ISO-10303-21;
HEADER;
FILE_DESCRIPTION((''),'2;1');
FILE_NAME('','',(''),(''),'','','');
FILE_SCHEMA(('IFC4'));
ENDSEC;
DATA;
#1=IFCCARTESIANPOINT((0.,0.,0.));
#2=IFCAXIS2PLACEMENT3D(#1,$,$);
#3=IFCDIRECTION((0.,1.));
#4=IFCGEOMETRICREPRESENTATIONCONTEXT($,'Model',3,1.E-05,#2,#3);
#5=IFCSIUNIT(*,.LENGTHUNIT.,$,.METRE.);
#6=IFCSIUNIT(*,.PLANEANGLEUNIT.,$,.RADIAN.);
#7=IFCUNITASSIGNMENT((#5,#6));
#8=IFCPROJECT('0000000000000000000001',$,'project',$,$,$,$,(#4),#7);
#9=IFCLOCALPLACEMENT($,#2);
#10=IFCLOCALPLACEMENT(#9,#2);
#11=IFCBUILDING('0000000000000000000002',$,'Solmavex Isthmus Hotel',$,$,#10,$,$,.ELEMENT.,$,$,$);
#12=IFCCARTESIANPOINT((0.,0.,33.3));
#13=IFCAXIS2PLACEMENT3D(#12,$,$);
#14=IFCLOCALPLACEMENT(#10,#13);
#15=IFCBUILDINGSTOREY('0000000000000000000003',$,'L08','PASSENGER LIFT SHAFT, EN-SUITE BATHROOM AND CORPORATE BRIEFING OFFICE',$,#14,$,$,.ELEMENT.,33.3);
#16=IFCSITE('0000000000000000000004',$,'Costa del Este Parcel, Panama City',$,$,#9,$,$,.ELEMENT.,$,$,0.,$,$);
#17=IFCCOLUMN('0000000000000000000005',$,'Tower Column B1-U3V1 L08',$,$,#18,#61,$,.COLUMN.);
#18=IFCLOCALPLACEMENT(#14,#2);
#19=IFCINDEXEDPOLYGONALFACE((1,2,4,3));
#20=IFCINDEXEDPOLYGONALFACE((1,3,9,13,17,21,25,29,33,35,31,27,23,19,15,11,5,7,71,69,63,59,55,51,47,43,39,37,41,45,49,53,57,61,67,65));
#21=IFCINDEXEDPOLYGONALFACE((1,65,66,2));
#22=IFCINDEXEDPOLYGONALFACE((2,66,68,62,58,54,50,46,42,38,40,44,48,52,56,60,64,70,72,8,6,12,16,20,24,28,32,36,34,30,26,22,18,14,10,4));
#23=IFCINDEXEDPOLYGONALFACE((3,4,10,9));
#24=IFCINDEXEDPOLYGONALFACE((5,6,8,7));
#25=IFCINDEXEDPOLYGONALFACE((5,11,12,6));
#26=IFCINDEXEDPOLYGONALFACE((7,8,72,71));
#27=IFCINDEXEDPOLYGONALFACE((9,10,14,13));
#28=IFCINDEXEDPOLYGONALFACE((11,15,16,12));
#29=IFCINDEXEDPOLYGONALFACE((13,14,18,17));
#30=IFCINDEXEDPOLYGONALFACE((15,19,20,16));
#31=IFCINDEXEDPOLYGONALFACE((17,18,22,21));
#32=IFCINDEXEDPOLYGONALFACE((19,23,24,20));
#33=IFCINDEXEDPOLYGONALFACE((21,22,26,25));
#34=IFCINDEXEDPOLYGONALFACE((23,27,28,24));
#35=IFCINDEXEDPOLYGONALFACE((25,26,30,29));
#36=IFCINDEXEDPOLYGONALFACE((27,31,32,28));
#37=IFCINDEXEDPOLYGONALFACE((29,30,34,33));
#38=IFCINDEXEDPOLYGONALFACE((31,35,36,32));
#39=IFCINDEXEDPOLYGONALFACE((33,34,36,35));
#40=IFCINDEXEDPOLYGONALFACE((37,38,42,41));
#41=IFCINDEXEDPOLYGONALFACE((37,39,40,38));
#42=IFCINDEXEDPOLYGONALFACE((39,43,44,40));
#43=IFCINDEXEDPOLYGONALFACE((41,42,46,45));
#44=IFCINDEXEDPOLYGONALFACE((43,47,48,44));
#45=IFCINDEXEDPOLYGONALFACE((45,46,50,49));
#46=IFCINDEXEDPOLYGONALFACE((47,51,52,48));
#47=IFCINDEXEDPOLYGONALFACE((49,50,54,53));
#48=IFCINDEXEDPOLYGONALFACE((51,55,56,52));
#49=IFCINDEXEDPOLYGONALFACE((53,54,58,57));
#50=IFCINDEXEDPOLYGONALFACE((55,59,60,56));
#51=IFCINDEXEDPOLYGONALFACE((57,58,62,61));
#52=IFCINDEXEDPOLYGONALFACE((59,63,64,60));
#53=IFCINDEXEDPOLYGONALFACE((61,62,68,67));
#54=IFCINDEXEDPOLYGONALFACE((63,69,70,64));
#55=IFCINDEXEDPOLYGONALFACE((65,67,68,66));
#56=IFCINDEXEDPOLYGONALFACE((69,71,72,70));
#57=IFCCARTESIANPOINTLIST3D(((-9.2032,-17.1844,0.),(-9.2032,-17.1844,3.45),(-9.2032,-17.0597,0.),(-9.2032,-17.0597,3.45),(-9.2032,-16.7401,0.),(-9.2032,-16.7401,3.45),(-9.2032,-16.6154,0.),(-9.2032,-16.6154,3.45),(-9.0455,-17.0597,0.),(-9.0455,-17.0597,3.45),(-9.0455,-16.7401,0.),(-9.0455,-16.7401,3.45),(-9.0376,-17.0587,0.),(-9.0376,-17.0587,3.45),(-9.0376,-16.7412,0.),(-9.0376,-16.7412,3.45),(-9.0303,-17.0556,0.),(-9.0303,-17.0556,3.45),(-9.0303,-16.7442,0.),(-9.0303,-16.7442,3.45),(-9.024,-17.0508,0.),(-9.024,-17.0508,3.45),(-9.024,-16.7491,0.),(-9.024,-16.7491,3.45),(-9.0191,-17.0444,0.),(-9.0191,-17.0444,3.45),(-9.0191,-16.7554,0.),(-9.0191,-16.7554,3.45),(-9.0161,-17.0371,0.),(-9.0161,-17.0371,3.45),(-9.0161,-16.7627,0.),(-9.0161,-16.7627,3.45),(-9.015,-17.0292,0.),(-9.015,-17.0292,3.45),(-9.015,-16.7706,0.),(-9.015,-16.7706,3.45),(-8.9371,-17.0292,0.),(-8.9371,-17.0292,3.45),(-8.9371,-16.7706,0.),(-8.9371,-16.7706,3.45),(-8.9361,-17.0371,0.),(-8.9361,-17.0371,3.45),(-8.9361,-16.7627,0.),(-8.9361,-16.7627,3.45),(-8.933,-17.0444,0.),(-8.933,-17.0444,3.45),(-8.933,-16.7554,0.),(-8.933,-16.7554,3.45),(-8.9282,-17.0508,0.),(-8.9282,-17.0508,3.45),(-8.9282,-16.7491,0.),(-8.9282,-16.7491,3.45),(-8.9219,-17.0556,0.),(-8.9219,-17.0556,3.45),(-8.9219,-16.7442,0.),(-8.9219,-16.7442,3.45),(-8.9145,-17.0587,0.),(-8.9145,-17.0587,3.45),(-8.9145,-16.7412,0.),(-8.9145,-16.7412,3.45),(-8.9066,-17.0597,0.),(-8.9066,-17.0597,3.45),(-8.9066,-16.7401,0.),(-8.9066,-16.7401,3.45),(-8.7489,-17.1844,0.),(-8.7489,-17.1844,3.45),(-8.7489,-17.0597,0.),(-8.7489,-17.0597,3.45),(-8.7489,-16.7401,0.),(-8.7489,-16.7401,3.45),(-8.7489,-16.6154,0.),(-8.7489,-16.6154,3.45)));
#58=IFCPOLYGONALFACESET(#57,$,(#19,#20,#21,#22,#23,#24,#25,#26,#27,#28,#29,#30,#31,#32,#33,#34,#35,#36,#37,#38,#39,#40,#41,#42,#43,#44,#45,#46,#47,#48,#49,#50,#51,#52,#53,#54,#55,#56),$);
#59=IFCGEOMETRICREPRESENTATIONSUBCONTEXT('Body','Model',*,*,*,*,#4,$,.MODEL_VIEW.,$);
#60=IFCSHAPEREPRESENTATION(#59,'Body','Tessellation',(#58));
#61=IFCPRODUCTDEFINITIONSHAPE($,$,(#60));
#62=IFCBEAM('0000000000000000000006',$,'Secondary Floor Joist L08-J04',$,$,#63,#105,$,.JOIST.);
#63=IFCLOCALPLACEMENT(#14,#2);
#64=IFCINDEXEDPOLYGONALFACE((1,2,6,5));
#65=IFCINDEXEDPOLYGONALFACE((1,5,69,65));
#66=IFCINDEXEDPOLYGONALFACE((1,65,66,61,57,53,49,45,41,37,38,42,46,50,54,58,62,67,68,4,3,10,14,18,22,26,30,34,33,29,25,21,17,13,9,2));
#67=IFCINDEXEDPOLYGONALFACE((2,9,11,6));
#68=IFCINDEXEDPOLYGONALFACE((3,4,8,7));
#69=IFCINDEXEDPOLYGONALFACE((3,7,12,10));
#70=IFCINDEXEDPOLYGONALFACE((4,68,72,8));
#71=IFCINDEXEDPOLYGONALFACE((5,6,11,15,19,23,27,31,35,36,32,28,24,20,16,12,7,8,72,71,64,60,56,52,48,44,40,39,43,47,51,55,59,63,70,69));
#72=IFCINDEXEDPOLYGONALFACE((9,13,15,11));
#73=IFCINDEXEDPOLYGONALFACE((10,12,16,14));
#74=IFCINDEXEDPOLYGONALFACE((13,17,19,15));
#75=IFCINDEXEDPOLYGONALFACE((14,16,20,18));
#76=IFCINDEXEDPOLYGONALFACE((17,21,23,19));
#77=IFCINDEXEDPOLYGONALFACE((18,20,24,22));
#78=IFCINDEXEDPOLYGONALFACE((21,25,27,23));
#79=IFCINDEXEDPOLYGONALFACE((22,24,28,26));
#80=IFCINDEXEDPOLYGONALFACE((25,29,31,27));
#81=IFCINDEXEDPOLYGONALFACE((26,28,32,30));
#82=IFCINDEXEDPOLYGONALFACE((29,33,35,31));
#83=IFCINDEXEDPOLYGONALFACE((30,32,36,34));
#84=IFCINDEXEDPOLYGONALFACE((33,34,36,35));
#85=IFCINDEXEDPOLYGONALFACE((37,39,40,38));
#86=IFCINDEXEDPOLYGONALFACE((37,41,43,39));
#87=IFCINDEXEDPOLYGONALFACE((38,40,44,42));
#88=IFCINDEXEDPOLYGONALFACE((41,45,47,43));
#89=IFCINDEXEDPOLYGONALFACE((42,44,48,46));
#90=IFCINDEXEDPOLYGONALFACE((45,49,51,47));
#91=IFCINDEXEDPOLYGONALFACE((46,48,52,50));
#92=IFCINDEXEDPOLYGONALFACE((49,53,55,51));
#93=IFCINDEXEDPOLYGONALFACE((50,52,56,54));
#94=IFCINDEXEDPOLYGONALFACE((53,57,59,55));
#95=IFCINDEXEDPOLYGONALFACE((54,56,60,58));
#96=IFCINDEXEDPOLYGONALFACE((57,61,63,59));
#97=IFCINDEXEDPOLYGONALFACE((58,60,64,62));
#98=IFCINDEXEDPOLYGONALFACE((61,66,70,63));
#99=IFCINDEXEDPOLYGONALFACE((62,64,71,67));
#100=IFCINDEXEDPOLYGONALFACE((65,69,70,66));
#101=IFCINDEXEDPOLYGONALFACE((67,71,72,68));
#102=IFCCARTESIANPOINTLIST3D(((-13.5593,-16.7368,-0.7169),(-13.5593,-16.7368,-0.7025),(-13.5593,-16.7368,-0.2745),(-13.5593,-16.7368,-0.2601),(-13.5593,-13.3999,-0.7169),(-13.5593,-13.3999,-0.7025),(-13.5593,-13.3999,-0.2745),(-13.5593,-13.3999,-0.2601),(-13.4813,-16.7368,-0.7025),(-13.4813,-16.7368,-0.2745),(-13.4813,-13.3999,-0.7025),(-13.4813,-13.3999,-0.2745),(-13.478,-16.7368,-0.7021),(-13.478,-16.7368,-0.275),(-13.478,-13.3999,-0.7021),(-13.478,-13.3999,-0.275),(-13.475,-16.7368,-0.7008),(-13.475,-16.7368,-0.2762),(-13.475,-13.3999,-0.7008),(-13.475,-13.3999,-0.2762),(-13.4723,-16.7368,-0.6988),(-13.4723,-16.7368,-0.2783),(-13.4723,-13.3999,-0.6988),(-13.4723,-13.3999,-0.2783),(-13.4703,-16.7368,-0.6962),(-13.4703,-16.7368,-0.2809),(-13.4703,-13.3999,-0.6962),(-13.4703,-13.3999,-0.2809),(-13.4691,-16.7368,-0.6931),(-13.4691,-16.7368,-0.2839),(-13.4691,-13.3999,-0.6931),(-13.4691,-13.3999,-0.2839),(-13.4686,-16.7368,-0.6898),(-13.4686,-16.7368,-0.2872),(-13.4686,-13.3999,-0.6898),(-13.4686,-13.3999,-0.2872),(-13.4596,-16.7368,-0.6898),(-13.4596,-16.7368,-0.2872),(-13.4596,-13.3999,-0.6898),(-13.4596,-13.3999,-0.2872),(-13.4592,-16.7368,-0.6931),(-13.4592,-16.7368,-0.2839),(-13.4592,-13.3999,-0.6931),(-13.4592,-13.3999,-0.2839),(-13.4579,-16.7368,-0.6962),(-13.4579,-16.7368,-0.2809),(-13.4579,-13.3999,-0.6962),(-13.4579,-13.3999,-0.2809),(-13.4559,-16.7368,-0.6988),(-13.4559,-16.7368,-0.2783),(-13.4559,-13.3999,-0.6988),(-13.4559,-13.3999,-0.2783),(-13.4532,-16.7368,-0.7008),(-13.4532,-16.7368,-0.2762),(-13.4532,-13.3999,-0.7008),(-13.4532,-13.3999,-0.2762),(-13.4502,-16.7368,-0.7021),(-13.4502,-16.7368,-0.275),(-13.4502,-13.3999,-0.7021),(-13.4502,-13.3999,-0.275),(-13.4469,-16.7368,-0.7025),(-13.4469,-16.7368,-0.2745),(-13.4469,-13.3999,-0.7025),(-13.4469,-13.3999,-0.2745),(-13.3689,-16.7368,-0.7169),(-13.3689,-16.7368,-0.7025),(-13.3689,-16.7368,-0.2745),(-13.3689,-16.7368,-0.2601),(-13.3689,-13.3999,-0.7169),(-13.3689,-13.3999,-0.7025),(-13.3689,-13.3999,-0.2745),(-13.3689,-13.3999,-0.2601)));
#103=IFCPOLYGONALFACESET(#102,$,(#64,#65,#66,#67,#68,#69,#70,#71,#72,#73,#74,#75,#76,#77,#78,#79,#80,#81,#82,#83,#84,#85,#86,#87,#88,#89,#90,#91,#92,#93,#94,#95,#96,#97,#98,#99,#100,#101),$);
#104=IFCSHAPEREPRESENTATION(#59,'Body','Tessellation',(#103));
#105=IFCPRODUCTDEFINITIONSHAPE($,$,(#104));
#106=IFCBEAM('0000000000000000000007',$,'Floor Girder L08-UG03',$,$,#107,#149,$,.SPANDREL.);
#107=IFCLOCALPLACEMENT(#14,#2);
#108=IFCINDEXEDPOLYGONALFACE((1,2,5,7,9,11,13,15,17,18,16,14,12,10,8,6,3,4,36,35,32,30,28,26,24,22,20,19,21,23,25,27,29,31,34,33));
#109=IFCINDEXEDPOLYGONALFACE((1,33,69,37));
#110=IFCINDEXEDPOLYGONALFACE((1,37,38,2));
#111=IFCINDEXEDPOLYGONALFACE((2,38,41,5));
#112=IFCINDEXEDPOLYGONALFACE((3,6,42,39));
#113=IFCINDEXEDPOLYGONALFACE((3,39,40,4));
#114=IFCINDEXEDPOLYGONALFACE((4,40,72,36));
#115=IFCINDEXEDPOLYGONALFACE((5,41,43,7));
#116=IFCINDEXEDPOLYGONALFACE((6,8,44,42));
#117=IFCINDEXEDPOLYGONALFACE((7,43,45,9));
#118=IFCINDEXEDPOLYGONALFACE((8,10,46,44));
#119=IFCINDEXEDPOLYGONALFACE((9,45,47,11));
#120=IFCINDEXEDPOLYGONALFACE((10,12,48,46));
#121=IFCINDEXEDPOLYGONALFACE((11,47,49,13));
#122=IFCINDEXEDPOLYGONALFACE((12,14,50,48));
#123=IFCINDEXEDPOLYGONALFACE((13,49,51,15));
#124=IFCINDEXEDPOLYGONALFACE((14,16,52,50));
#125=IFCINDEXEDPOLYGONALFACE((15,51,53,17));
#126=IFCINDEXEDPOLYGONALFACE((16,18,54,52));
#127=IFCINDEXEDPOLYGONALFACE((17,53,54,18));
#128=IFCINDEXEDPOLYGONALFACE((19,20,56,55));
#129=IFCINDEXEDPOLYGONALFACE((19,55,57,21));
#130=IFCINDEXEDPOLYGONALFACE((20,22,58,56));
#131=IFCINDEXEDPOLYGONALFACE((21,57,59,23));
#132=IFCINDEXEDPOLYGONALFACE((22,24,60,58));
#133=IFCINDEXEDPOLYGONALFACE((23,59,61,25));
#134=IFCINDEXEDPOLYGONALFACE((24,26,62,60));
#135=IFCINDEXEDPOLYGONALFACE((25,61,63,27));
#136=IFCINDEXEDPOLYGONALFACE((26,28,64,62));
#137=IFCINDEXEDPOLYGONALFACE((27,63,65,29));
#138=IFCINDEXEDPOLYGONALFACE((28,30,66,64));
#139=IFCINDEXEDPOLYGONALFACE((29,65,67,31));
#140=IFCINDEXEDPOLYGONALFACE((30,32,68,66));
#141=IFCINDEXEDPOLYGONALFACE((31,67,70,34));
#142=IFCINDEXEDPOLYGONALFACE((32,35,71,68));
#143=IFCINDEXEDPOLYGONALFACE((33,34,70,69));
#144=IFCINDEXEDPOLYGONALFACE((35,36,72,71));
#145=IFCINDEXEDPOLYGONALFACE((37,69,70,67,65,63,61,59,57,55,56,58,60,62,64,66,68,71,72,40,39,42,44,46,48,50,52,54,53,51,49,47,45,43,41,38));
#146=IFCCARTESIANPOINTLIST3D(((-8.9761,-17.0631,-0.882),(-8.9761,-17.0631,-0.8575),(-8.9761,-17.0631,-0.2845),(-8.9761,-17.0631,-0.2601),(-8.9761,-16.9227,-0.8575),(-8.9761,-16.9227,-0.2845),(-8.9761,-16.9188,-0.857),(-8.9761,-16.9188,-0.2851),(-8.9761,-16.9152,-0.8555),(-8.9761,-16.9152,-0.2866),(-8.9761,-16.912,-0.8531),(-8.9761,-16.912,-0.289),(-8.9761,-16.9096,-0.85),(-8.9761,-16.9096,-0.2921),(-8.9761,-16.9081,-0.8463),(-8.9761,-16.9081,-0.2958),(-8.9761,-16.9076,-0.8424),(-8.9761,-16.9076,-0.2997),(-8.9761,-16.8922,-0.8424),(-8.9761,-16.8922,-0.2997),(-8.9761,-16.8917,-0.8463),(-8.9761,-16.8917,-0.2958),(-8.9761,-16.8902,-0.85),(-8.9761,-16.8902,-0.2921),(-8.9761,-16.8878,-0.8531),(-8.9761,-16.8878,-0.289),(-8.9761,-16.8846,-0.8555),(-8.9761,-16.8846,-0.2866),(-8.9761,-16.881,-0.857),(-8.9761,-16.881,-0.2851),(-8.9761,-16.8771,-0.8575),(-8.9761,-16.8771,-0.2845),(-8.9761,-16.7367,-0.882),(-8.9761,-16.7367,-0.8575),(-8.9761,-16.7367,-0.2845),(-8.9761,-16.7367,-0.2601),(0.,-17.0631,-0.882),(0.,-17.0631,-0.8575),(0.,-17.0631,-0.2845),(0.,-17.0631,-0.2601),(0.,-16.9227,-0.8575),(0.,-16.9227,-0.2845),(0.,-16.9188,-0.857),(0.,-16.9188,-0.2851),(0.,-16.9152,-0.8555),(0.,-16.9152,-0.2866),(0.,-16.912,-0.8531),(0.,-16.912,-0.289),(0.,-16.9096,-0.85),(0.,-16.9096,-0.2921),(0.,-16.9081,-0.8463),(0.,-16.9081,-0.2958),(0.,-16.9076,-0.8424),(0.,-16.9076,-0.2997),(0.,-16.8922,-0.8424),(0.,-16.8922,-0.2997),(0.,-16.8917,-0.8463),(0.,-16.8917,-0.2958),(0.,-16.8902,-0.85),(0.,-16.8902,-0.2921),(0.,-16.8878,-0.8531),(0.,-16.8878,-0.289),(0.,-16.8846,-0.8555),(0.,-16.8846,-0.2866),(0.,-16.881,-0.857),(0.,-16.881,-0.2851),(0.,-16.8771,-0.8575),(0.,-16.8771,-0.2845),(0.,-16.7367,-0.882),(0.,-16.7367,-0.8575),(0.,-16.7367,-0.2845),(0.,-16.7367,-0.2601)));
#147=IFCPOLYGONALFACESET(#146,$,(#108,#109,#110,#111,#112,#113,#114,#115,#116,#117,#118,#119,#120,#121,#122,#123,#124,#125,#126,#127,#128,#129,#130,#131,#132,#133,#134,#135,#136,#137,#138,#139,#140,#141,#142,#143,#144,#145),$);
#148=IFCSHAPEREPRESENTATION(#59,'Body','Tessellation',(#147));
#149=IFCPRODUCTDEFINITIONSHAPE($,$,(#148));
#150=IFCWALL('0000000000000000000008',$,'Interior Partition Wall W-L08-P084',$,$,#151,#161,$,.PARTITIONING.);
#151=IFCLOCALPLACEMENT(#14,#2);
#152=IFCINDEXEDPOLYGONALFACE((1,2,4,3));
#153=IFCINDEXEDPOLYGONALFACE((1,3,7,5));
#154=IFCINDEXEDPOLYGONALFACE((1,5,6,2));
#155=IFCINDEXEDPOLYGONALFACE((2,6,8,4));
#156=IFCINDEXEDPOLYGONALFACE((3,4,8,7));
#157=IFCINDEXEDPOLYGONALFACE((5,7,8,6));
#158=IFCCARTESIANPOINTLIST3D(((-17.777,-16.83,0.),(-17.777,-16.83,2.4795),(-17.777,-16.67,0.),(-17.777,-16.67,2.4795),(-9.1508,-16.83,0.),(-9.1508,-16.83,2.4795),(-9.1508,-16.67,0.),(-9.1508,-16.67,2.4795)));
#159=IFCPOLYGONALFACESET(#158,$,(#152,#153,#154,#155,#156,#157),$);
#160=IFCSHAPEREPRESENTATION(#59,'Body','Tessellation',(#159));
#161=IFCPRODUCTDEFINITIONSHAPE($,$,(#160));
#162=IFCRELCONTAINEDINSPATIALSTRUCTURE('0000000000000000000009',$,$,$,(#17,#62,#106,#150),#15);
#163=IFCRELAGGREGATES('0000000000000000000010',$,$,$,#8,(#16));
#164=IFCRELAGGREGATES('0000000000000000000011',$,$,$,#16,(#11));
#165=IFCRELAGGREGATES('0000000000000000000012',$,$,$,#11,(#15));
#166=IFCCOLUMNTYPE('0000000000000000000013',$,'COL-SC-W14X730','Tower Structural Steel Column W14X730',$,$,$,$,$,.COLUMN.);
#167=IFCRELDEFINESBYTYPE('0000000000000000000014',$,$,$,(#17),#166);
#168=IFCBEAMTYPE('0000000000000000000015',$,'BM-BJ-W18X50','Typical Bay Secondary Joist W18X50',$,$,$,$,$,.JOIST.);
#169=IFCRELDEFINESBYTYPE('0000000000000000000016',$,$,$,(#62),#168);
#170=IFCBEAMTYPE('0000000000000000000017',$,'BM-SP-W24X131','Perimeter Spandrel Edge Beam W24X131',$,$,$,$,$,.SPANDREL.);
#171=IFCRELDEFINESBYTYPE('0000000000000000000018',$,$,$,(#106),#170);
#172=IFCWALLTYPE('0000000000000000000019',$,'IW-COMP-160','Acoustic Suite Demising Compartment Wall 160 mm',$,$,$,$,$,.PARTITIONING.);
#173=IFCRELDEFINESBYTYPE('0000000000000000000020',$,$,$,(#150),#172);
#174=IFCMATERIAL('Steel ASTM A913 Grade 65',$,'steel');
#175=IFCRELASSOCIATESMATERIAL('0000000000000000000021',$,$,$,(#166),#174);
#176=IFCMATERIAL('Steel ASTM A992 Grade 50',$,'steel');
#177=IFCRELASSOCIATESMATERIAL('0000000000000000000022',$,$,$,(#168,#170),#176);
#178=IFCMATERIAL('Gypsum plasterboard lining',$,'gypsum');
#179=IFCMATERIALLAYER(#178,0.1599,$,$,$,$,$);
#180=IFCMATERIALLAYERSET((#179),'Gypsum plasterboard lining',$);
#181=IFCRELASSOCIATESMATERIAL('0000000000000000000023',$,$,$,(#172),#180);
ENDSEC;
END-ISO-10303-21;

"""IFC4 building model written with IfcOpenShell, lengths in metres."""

from ifc_helpers import new_model, si_unit, direction, frame, frame_2d, origin, origin_2d, place, context, subcontext, project, spatial, rectangle, i_section, extrude, material, layer, layer_set, material_profile, profile_set, type_object, element, save


model = new_model("IFC4")

# Units and contexts
model_context = context("Model", 3, precision=1e-05, world=origin(), true_north=direction((0.0, 1.0)))
body_context = subcontext(model_context, "Body", "Model", "MODEL_VIEW")
ifc_project = project(units=[si_unit("LENGTHUNIT", "METRE"), si_unit("PLANEANGLEUNIT", "RADIAN")], contexts=[model_context])

# Site, building, storey
site_placement = place(None, origin())
site = spatial("IfcSite", under=ifc_project, at=site_placement, Name="Costa del Este Parcel, Panama City", CompositionType="ELEMENT", RefElevation=0.0)
building_placement = place(site_placement, origin())
building = spatial("IfcBuilding", under=site, at=building_placement, Name="Solmavex Isthmus Hotel", CompositionType="ELEMENT")
storey_placement = place(building_placement, frame((0.0, 0.0, 33.3)))
storey = spatial("IfcBuildingStorey", under=building, at=storey_placement, Name="L08", Description="PASSENGER LIFT SHAFT, EN-SUITE BATHROOM AND CORPORATE BRIEFING OFFICE", CompositionType="ELEMENT", Elevation=33.3)

# Column
ifc_material_1 = material(Name="Steel ASTM A913 Grade 65", Category="steel")
ifc_material_profile_1 = material_profile(ifc_material_1, i_section(OverallWidth=0.4543, OverallDepth=0.5691, WebThickness=0.0779, FlangeThickness=0.1248, FilletRadius=0.0305, at=origin_2d()), Name="W14X730")
ifc_profile_set_1 = profile_set([ifc_material_profile_1], Name="Steel ASTM A913 Grade 65")
column_type = type_object("IfcColumnType", Name="COL-SC-W14X730", Description="Tower Structural Steel Column W14X730", PredefinedType="COLUMN", material=ifc_profile_set_1)
column_placement = place(storey_placement, frame((-8.9761, -16.8999, 0.0), z_axis=(0.0, 0.0, 1.0), x_axis=(1.0, 0.0, 0.0)))
element("IfcColumn", 1, at=column_placement, inside=storey, type_object=column_type, Name="Tower Column B1-U3V1 L08", PredefinedType="COLUMN", context=body_context, shape_type="SweptSolid", body=[
    extrude(i_section(OverallWidth=0.4543, OverallDepth=0.5691, WebThickness=0.0779, FlangeThickness=0.1248, FilletRadius=0.0305, at=origin_2d()), origin(), (0.0, 0.0, 1.0), 3.45),
])

# Beams
ifc_material_2 = material(Name="Steel ASTM A992 Grade 50", Category="steel")
ifc_material_profile_2 = material_profile(ifc_material_2, i_section(OverallWidth=0.1904, OverallDepth=0.4568, WebThickness=0.009, FlangeThickness=0.0144, FilletRadius=0.0127, at=origin_2d()), Name="W18X50")
ifc_profile_set_2 = profile_set([ifc_material_profile_2], Name="Steel ASTM A992 Grade 50")
beam_type_1 = type_object("IfcBeamType", Name="BM-BJ-W18X50", Description="Typical Bay Secondary Joist W18X50", PredefinedType="JOIST", material=ifc_profile_set_2)
beam_1_placement = place(storey_placement, frame((-13.4641, -16.7368, -0.4885), z_axis=(0.0, 1.0, 0.0), x_axis=(-1.0, 0.0, 0.0)))
element("IfcBeam", 2, at=beam_1_placement, inside=storey, type_object=beam_type_1, Name="Secondary Floor Joist L08-J04", PredefinedType="JOIST", context=body_context, shape_type="SweptSolid", body=[
    extrude(i_section(OverallWidth=0.1904, OverallDepth=0.4568, WebThickness=0.009, FlangeThickness=0.0144, FilletRadius=0.0127, at=origin_2d()), origin(), (0.0, 0.0, 1.0), 3.3369),
])
ifc_material_profile_3 = material_profile(ifc_material_2, i_section(OverallWidth=0.3264, OverallDepth=0.6218, WebThickness=0.0154, FlangeThickness=0.0244, FilletRadius=0.0151, at=origin_2d()), Name="W24X131")
ifc_profile_set_3 = profile_set([ifc_material_profile_3], Name="Steel ASTM A992 Grade 50")
beam_type_2 = type_object("IfcBeamType", Name="BM-SP-W24X131", Description="Perimeter Spandrel Edge Beam W24X131", PredefinedType="SPANDREL", material=ifc_profile_set_3)
beam_2_placement = place(storey_placement, frame((-8.9761, -16.8999, -0.571), z_axis=(1.0, 0.0, 0.0), x_axis=(0.0, 1.0, 0.0)))
element("IfcBeam", 3, at=beam_2_placement, inside=storey, type_object=beam_type_2, Name="Floor Girder L08-UG03", PredefinedType="SPANDREL", context=body_context, shape_type="SweptSolid", body=[
    extrude(i_section(OverallWidth=0.3264, OverallDepth=0.6218, WebThickness=0.0154, FlangeThickness=0.0244, FilletRadius=0.0151, at=origin_2d()), origin(), (0.0, 0.0, 1.0), 8.9761),
])

# Wall
ifc_material_3 = material(Name="Gypsum plasterboard lining", Category="gypsum")
ifc_layer_1 = layer(ifc_material_3, 0.1599)
ifc_layer_set_1 = layer_set([ifc_layer_1], Name="Gypsum plasterboard lining")
wall_type_1 = type_object("IfcWallType", Name="IW-COMP-160", Description="Acoustic Suite Demising Compartment Wall 160 mm", PredefinedType="PARTITIONING", material=ifc_layer_set_1)
wall_1_placement = place(storey_placement, frame((-9.1509, -16.75, 0.0), z_axis=(0.0, 0.0, 1.0), x_axis=(-1.0, 0.0, 0.0)))
element("IfcWall", 4, at=wall_1_placement, inside=storey, type_object=wall_type_1, Name="Interior Partition Wall W-L08-P084", PredefinedType="PARTITIONING", context=body_context, shape_type="SweptSolid", body=[
    extrude(rectangle(XDim=8.6262, YDim=0.1599, at=frame_2d((4.313, 0.0))), origin(), (0.0, 0.0, 1.0), 2.4795),
])

save(model, "model.ifc")
